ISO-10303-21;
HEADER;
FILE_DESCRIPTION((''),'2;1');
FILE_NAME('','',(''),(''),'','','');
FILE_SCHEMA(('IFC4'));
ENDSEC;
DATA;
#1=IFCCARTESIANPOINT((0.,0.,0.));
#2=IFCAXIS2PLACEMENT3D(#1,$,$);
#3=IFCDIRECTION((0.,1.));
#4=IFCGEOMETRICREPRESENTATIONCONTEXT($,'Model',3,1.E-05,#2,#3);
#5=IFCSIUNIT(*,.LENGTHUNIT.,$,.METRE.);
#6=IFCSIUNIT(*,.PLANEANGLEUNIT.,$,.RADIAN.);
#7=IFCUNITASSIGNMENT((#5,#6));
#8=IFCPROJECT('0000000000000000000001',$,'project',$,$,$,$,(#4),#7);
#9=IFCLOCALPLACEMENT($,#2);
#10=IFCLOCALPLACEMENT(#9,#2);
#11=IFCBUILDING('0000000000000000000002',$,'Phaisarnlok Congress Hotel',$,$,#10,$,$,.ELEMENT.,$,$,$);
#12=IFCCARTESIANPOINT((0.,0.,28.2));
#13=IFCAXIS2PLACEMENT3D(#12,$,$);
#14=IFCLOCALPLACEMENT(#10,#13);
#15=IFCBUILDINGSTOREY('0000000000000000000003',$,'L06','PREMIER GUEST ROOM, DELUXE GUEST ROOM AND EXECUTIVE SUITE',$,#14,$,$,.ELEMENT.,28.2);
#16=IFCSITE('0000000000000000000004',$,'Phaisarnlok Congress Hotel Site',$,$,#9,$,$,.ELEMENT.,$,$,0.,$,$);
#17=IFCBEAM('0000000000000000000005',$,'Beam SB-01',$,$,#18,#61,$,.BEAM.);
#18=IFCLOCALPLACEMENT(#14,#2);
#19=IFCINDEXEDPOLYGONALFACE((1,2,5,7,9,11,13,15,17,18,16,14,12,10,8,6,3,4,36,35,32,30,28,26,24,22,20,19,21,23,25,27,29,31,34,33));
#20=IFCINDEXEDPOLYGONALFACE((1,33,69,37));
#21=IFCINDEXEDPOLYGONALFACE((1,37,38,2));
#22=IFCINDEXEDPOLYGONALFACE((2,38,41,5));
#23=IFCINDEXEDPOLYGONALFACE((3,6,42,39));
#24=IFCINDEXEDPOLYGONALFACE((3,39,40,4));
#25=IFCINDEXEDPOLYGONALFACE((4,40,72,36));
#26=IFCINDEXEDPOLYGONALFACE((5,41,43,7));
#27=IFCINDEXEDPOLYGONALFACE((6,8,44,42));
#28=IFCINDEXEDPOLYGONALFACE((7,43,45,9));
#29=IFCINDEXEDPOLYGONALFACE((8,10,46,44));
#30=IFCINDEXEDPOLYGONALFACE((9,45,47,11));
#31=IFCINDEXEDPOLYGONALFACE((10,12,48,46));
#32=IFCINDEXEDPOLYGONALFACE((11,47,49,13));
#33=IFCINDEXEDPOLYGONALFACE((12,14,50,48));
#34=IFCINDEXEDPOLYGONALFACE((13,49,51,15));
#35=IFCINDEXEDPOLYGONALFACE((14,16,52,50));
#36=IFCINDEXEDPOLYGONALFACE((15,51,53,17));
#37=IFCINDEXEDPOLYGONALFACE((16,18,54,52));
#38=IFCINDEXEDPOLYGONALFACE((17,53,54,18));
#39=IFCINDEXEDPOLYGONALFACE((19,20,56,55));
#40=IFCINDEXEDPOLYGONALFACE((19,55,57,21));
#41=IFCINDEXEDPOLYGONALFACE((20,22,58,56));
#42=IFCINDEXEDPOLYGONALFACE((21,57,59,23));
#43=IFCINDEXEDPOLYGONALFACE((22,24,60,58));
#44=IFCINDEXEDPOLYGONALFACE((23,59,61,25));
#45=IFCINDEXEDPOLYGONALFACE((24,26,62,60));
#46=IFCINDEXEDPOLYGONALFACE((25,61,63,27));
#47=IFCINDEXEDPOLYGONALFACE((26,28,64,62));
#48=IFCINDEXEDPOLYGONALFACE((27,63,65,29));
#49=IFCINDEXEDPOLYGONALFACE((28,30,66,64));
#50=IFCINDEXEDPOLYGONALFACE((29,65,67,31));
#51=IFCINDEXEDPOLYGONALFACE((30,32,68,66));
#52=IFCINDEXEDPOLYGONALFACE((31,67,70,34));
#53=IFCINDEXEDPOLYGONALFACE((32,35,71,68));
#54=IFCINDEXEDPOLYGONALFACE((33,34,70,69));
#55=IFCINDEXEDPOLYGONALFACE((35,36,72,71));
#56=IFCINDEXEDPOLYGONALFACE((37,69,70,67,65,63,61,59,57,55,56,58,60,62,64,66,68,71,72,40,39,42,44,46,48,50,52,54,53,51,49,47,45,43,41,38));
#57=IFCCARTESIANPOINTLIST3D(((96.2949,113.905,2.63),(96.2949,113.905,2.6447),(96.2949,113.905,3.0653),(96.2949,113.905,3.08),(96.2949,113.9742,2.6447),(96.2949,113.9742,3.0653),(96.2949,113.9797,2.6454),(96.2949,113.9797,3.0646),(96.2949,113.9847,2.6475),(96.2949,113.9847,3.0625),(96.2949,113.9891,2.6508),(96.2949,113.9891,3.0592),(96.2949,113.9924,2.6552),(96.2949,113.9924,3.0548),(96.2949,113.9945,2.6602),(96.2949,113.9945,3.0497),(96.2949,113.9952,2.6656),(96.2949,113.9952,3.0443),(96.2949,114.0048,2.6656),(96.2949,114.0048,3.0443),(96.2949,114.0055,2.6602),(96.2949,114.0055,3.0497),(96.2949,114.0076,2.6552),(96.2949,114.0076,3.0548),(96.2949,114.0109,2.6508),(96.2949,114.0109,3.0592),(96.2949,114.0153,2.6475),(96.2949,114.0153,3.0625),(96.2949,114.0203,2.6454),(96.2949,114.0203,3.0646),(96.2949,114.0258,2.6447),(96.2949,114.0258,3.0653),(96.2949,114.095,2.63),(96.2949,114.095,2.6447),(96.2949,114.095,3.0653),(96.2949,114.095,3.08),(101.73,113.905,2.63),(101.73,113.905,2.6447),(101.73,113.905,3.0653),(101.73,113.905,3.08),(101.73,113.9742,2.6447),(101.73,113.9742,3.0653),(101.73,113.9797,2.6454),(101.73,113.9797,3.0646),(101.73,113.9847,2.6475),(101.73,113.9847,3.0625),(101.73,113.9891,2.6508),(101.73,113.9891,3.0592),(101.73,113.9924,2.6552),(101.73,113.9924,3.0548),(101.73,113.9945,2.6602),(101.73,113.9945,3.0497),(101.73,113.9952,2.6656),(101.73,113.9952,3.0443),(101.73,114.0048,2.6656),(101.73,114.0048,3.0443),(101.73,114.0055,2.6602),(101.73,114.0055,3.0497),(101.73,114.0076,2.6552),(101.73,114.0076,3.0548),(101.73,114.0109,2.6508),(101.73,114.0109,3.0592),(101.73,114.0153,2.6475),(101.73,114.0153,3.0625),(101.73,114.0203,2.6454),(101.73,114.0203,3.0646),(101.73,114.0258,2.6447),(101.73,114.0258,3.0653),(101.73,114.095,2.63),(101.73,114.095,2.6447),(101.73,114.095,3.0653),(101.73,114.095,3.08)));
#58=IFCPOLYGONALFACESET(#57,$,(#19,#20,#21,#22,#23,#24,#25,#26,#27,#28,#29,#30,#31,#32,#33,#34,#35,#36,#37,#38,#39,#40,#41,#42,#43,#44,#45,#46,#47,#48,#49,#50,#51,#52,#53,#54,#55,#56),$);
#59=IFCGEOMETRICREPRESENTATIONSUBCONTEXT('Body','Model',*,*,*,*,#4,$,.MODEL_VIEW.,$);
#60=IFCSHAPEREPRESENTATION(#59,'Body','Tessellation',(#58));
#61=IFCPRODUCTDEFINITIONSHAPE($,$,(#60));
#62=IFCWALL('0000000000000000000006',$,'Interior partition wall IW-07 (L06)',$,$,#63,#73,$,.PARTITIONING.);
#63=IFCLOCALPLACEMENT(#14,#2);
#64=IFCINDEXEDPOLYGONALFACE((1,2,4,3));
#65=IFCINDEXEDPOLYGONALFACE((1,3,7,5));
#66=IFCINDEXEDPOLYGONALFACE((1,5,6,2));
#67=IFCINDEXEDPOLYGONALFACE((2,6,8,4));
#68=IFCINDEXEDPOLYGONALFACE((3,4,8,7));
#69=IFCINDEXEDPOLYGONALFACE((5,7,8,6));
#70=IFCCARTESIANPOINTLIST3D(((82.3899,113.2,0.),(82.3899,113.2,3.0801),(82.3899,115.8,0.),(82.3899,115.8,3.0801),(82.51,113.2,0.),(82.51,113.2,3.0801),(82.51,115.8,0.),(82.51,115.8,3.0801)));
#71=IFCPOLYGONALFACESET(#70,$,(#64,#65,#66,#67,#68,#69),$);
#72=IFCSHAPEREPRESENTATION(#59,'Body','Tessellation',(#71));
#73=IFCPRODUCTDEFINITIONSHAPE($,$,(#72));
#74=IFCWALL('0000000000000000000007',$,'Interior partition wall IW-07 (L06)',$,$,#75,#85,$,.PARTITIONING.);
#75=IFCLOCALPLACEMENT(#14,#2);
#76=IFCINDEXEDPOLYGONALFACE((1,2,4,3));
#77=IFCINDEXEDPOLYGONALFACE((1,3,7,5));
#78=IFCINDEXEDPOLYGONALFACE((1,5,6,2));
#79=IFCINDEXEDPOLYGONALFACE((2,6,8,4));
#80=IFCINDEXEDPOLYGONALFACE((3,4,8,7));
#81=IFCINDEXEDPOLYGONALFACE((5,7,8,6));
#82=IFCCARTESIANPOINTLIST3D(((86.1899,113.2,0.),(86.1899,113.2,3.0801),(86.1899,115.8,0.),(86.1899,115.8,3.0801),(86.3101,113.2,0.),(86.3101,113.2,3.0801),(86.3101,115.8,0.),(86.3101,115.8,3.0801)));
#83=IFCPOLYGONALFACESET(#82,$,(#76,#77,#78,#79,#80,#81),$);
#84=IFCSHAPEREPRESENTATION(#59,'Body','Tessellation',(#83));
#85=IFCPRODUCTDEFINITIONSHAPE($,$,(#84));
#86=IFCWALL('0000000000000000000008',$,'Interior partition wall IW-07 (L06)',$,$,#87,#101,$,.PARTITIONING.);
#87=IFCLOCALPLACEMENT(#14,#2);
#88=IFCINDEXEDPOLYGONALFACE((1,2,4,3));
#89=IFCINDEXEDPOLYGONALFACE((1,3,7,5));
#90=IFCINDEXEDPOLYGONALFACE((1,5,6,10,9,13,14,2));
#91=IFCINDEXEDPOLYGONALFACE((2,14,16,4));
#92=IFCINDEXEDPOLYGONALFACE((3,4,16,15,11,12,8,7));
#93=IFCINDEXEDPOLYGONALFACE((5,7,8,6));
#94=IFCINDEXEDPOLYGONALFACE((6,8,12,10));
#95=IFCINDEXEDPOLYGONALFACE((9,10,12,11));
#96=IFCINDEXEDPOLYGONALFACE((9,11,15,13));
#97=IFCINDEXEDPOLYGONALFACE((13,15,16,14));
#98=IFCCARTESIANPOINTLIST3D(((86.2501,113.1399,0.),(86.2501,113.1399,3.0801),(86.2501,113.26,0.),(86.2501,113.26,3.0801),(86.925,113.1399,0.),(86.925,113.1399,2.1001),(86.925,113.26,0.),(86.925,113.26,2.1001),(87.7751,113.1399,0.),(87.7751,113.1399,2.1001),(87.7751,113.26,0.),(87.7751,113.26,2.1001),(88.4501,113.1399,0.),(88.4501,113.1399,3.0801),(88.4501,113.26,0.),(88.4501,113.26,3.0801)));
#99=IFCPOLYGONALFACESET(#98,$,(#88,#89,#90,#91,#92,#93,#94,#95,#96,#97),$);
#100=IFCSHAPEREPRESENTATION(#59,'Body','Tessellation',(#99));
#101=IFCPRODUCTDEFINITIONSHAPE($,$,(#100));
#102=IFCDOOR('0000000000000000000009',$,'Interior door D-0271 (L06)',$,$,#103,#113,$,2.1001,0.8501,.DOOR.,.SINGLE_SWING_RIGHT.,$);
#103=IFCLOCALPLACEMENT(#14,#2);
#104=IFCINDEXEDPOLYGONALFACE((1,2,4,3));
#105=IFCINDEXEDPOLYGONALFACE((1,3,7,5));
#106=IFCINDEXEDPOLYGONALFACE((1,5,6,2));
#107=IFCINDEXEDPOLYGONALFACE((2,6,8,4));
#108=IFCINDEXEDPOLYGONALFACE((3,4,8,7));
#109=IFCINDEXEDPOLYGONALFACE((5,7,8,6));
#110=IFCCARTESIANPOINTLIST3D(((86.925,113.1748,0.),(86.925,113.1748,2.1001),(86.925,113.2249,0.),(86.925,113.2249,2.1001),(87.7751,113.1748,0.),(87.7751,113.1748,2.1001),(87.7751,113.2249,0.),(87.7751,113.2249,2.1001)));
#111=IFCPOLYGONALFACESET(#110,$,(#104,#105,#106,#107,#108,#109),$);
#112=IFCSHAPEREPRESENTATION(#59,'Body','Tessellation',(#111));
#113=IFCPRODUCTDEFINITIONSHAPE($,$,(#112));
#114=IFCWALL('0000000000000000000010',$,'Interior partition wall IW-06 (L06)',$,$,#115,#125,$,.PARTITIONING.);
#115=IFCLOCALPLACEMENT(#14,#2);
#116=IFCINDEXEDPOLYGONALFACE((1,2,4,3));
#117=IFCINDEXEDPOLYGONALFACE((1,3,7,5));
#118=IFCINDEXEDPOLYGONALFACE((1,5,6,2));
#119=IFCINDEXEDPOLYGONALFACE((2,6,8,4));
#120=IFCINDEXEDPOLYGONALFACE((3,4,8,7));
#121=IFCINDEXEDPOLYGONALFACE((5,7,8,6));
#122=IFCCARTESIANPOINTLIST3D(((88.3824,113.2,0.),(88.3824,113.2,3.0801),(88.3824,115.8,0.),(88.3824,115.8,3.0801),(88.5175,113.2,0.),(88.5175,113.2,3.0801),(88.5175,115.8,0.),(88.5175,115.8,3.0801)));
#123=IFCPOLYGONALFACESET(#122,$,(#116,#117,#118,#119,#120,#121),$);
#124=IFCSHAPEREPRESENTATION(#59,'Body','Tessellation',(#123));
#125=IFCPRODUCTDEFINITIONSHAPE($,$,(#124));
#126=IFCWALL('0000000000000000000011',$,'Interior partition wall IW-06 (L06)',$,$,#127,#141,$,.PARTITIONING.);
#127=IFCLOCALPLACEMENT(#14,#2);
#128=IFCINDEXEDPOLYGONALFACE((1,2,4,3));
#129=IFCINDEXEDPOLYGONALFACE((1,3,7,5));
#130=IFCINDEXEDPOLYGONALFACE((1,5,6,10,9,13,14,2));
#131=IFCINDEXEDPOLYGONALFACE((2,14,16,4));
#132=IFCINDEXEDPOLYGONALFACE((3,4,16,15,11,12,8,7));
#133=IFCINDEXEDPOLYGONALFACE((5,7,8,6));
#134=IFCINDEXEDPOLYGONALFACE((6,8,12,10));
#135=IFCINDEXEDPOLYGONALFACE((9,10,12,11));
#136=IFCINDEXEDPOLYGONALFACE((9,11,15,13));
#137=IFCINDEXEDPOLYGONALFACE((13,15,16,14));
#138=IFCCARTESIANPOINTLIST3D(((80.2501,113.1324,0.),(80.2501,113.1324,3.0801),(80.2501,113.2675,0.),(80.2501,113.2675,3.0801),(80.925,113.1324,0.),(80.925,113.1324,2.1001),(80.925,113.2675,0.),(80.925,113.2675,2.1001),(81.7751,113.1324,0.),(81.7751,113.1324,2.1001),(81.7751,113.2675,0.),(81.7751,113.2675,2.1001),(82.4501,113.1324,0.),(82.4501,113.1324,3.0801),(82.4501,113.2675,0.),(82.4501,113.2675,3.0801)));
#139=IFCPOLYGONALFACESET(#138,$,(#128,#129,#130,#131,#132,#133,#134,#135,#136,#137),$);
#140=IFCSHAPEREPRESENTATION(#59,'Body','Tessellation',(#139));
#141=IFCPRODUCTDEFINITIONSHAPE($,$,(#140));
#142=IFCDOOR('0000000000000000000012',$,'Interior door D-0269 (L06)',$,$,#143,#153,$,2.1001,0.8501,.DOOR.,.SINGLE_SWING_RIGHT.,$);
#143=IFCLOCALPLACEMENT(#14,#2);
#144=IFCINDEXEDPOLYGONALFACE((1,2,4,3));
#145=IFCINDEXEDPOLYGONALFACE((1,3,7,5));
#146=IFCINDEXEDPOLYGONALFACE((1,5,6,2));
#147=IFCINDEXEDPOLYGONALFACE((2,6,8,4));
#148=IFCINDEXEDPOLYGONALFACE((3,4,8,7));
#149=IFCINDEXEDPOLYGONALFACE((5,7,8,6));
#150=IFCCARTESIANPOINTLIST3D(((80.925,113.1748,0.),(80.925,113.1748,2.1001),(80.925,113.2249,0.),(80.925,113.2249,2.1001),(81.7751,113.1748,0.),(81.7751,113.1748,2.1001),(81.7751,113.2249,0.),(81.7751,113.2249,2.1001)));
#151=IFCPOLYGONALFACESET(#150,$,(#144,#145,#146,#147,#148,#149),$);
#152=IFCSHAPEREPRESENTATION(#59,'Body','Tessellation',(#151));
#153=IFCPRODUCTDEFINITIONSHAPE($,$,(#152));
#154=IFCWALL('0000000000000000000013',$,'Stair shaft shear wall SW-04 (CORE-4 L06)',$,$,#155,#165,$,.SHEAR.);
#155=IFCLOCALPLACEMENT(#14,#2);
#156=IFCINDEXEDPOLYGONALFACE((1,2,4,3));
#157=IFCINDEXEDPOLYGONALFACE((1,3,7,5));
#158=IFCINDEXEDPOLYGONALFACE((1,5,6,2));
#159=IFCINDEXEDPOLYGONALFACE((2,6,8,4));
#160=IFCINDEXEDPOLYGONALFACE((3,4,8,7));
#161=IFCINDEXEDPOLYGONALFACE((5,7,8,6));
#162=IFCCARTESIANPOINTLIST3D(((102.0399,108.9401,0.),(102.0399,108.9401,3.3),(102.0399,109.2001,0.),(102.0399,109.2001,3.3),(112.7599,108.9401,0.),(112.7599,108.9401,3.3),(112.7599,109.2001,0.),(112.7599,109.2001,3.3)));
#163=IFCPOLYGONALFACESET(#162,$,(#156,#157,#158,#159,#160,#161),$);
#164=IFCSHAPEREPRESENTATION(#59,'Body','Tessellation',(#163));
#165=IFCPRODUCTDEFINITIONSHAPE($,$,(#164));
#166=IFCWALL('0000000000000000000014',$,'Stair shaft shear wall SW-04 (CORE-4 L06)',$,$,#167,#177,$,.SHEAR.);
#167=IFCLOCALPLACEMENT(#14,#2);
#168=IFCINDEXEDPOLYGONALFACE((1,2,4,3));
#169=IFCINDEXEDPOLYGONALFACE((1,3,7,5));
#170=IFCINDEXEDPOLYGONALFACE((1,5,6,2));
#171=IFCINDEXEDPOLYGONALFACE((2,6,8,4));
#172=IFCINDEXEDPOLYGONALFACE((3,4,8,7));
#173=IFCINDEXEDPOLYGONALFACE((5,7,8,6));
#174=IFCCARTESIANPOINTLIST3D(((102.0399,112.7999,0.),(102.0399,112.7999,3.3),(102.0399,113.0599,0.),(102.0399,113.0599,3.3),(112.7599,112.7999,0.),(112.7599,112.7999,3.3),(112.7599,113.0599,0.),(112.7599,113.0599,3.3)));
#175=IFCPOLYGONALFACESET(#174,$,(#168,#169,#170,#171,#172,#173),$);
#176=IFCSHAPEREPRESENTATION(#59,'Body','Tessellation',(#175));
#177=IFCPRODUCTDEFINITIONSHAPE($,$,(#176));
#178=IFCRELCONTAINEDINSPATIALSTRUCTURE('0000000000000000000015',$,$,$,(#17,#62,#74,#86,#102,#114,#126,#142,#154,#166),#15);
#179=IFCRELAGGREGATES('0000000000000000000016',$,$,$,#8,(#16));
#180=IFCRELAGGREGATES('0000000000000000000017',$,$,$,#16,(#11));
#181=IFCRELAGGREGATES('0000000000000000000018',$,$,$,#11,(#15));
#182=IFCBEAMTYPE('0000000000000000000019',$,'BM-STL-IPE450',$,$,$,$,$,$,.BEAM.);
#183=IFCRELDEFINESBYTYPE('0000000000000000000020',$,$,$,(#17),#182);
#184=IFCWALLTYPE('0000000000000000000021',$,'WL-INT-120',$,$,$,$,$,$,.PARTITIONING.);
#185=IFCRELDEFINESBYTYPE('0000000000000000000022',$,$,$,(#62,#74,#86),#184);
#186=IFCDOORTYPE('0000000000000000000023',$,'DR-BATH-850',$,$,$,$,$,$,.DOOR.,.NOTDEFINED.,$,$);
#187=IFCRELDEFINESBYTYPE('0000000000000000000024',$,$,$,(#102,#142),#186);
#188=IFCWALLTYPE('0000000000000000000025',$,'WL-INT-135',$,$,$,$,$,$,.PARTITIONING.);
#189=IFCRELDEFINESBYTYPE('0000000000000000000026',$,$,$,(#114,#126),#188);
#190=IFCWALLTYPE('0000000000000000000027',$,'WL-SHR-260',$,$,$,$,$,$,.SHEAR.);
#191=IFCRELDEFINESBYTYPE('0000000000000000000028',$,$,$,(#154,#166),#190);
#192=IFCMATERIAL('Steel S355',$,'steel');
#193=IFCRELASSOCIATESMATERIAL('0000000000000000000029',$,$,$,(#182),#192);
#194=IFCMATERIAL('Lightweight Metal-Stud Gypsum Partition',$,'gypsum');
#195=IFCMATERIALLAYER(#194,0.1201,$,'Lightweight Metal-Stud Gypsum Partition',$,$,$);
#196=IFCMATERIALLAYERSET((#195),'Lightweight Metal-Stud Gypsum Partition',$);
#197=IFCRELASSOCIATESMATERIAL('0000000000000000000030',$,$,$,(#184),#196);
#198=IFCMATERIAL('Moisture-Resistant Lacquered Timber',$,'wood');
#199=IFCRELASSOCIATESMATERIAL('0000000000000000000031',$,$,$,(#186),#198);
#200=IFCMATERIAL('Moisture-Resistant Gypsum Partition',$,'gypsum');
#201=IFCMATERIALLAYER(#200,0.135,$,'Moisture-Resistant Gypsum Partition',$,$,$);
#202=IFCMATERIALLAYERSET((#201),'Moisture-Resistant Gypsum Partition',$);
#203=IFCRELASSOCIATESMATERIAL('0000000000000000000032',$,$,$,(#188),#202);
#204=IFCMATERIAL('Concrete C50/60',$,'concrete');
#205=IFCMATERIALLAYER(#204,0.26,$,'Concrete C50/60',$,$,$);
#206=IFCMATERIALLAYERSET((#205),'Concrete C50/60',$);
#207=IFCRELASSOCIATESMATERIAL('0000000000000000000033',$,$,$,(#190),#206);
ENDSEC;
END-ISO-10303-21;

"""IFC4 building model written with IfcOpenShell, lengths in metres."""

from ifc_helpers import new_model, si_unit, direction, frame, frame_2d, origin, origin_2d, place, context, subcontext, project, spatial, rectangle, i_section, extrude, material, layer, layer_set, material_profile, profile_set, type_object, element, fill, save


model = new_model("IFC4")

# Units and contexts
model_context = context("Model", 3, precision=1e-05, world=origin(), true_north=direction((0.0, 1.0)))
body_context = subcontext(model_context, "Body", "Model", "MODEL_VIEW")
ifc_project = project(units=[si_unit("LENGTHUNIT", "METRE"), si_unit("PLANEANGLEUNIT", "RADIAN")], contexts=[model_context])

# Site, building, storey
site_placement = place(None, origin())
site = spatial("IfcSite", under=ifc_project, at=site_placement, Name="Phaisarnlok Congress Hotel Site", CompositionType="ELEMENT", RefElevation=0.0)
building_placement = place(site_placement, origin())
building = spatial("IfcBuilding", under=site, at=building_placement, Name="Phaisarnlok Congress Hotel", CompositionType="ELEMENT")
storey_placement = place(building_placement, frame((0.0, 0.0, 28.2)))
storey = spatial("IfcBuildingStorey", under=building, at=storey_placement, Name="L06", Description="PREMIER GUEST ROOM, DELUXE GUEST ROOM AND EXECUTIVE SUITE", CompositionType="ELEMENT", Elevation=28.2)

# Shared definitions
ifc_material_1 = material(Name="Concrete C50/60", Category="concrete")

# Beam
ifc_material_2 = material(Name="Steel S355", Category="steel")
ifc_material_profile_1 = material_profile(ifc_material_2, i_section(OverallWidth=0.1899, OverallDepth=0.45, WebThickness=0.0095, FlangeThickness=0.0146, FilletRadius=0.021, at=origin_2d()), Name="IPE 450")
ifc_profile_set_1 = profile_set([ifc_material_profile_1], Name="Steel S355")
beam_type_1 = type_object("IfcBeamType", Name="BM-STL-IPE450", PredefinedType="BEAM", material=ifc_profile_set_1)
beam_1_placement = place(storey_placement, frame((96.2949, 114.0, 2.855), z_axis=(1.0, 0.0, 0.0), x_axis=(0.0, 1.0, 0.0)))
element("IfcBeam", 1, at=beam_1_placement, inside=storey, type_object=beam_type_1, Name="Beam SB-01", PredefinedType="BEAM", context=body_context, shape_type="SweptSolid", body=[
    extrude(i_section(OverallWidth=0.1899, OverallDepth=0.45, WebThickness=0.0095, FlangeThickness=0.0146, FilletRadius=0.021, at=origin_2d()), origin(), (0.0, 0.0, 1.0), 5.4351),
])

# Walls
ifc_material_3 = material(Name="Lightweight Metal-Stud Gypsum Partition", Category="gypsum")
ifc_layer_1 = layer(ifc_material_3, 0.1201, Name="Lightweight Metal-Stud Gypsum Partition")
ifc_layer_set_1 = layer_set([ifc_layer_1], Name="Lightweight Metal-Stud Gypsum Partition")
wall_type_1 = type_object("IfcWallType", Name="WL-INT-120", PredefinedType="PARTITIONING", material=ifc_layer_set_1)
for number, where, z_axis, x_axis, name in (
    (2, (82.45, 113.2, 0.0), (0.0, 0.0, 1.0), (0.0, 1.0, 0.0), "Interior partition wall IW-07 (L06)"),
    (3, (86.25, 113.2, 0.0), (0.0, 0.0, 1.0), (0.0, 1.0, 0.0), "Interior partition wall IW-07 (L06)"),
):
    element("IfcWall", number, at=place(storey_placement, frame(where, z_axis=z_axis, x_axis=x_axis)), inside=storey, type_object=wall_type_1, Name=name, PredefinedType="PARTITIONING", context=body_context, shape_type="SweptSolid", body=[
        extrude(rectangle(XDim=2.6001, YDim=0.1201, at=frame_2d((1.3, 0.0))), origin(), (0.0, 0.0, 1.0), 3.0801),
    ])

# Wall, opening, door
wall_1_placement = place(storey_placement, frame((86.25, 113.2, 0.0), z_axis=(0.0, 0.0, 1.0), x_axis=(1.0, 0.0, 0.0)))
wall_1 = element("IfcWall", 4, at=wall_1_placement, inside=storey, type_object=wall_type_1, Name="Interior partition wall IW-07 (L06)", PredefinedType="PARTITIONING", context=body_context, shape_type="SweptSolid", body=[
    extrude(rectangle(XDim=2.2, YDim=0.1201, at=frame_2d((1.1001, 0.0))), origin(), (0.0, 0.0, 1.0), 3.0801),
])
opening_1_placement = place(wall_1_placement, frame((0.675, 0.0, 0.0)))
opening_1 = element("IfcOpeningElement", 5, at=opening_1_placement, cuts=wall_1, PredefinedType="OPENING", context=body_context, shape_type="SweptSolid", body=[
    extrude(rectangle(XDim=0.8501, YDim=2.1001, at=frame_2d((0.425, 1.05))), frame((0.0, 0.0701, 0.0), z_axis=(0.0, -1.0, 0.0), x_axis=(1.0, 0.0, 0.0)), (0.0, 0.0, 1.0), 0.1401),
])
ifc_material_4 = material(Name="Moisture-Resistant Lacquered Timber", Category="wood")
door_type = type_object("IfcDoorType", Name="DR-BATH-850", OperationType="NOTDEFINED", PredefinedType="DOOR", material=ifc_material_4)
door_1_placement = place(opening_1_placement, origin())
door_1 = element("IfcDoor", 6, at=door_1_placement, inside=storey, type_object=door_type, Name="Interior door D-0271 (L06)", OperationType="SINGLE_SWING_RIGHT", OverallHeight=2.1001, OverallWidth=0.8501, PredefinedType="DOOR", context=body_context, shape_type="SweptSolid", body=[
    extrude(rectangle(XDim=0.8501, YDim=2.1001, at=frame_2d((0.425, 1.05))), frame((0.0, 0.0249, 0.0), z_axis=(0.0, -1.0, 0.0), x_axis=(1.0, 0.0, 0.0)), (0.0, 0.0, 1.0), 0.05),
])
fill(opening_1, door_1)

# Wall
ifc_material_5 = material(Name="Moisture-Resistant Gypsum Partition", Category="gypsum")
ifc_layer_2 = layer(ifc_material_5, 0.135, Name="Moisture-Resistant Gypsum Partition")
ifc_layer_set_2 = layer_set([ifc_layer_2], Name="Moisture-Resistant Gypsum Partition")
wall_type_2 = type_object("IfcWallType", Name="WL-INT-135", PredefinedType="PARTITIONING", material=ifc_layer_set_2)
wall_2_placement = place(storey_placement, frame((88.45, 113.2, 0.0), z_axis=(0.0, 0.0, 1.0), x_axis=(0.0, 1.0, 0.0)))
element("IfcWall", 7, at=wall_2_placement, inside=storey, type_object=wall_type_2, Name="Interior partition wall IW-06 (L06)", PredefinedType="PARTITIONING", context=body_context, shape_type="SweptSolid", body=[
    extrude(rectangle(XDim=2.6001, YDim=0.135, at=frame_2d((1.3, 0.0))), origin(), (0.0, 0.0, 1.0), 3.0801),
])

# Wall, opening, door
wall_3_placement = place(storey_placement, frame((80.25, 113.2, 0.0), z_axis=(0.0, 0.0, 1.0), x_axis=(1.0, 0.0, 0.0)))
wall_3 = element("IfcWall", 8, at=wall_3_placement, inside=storey, type_object=wall_type_2, Name="Interior partition wall IW-06 (L06)", PredefinedType="PARTITIONING", context=body_context, shape_type="SweptSolid", body=[
    extrude(rectangle(XDim=2.2, YDim=0.135, at=frame_2d((1.1001, 0.0))), origin(), (0.0, 0.0, 1.0), 3.0801),
])
opening_2_placement = place(wall_3_placement, frame((0.675, 0.0, 0.0)))
opening_2 = element("IfcOpeningElement", 9, at=opening_2_placement, cuts=wall_3, PredefinedType="OPENING", context=body_context, shape_type="SweptSolid", body=[
    extrude(rectangle(XDim=0.8501, YDim=2.1001, at=frame_2d((0.425, 1.05))), frame((0.0, 0.0776, 0.0), z_axis=(0.0, -1.0, 0.0), x_axis=(1.0, 0.0, 0.0)), (0.0, 0.0, 1.0), 0.155),
])
door_2_placement = place(opening_2_placement, origin())
door_2 = element("IfcDoor", 10, at=door_2_placement, inside=storey, type_object=door_type, Name="Interior door D-0269 (L06)", OperationType="SINGLE_SWING_RIGHT", OverallHeight=2.1001, OverallWidth=0.8501, PredefinedType="DOOR", context=body_context, shape_type="SweptSolid", body=[
    extrude(rectangle(XDim=0.8501, YDim=2.1001, at=frame_2d((0.425, 1.05))), frame((0.0, 0.0249, 0.0), z_axis=(0.0, -1.0, 0.0), x_axis=(1.0, 0.0, 0.0)), (0.0, 0.0, 1.0), 0.05),
])
fill(opening_2, door_2)

# Walls
ifc_layer_3 = layer(ifc_material_1, 0.26, Name="Concrete C50/60")
ifc_layer_set_3 = layer_set([ifc_layer_3], Name="Concrete C50/60")
wall_type_3 = type_object("IfcWallType", Name="WL-SHR-260", PredefinedType="SHEAR", material=ifc_layer_set_3)
for number, where, z_axis, x_axis, name in (
    (11, (102.04, 109.0701, 0.0), (0.0, 0.0, 1.0), (1.0, 0.0, 0.0), "Stair shaft shear wall SW-04 (CORE-4 L06)"),
    (12, (102.04, 112.9299, 0.0), (0.0, 0.0, 1.0), (1.0, 0.0, 0.0), "Stair shaft shear wall SW-04 (CORE-4 L06)"),
):
    element("IfcWall", number, at=place(storey_placement, frame(where, z_axis=z_axis, x_axis=x_axis)), inside=storey, type_object=wall_type_3, Name=name, PredefinedType="SHEAR", context=body_context, shape_type="SweptSolid", body=[
        extrude(rectangle(XDim=10.72, YDim=0.26, at=frame_2d((5.3599, 0.0))), origin(), (0.0, 0.0, 1.0), 3.3),
    ])

save(model, "model.ifc")
